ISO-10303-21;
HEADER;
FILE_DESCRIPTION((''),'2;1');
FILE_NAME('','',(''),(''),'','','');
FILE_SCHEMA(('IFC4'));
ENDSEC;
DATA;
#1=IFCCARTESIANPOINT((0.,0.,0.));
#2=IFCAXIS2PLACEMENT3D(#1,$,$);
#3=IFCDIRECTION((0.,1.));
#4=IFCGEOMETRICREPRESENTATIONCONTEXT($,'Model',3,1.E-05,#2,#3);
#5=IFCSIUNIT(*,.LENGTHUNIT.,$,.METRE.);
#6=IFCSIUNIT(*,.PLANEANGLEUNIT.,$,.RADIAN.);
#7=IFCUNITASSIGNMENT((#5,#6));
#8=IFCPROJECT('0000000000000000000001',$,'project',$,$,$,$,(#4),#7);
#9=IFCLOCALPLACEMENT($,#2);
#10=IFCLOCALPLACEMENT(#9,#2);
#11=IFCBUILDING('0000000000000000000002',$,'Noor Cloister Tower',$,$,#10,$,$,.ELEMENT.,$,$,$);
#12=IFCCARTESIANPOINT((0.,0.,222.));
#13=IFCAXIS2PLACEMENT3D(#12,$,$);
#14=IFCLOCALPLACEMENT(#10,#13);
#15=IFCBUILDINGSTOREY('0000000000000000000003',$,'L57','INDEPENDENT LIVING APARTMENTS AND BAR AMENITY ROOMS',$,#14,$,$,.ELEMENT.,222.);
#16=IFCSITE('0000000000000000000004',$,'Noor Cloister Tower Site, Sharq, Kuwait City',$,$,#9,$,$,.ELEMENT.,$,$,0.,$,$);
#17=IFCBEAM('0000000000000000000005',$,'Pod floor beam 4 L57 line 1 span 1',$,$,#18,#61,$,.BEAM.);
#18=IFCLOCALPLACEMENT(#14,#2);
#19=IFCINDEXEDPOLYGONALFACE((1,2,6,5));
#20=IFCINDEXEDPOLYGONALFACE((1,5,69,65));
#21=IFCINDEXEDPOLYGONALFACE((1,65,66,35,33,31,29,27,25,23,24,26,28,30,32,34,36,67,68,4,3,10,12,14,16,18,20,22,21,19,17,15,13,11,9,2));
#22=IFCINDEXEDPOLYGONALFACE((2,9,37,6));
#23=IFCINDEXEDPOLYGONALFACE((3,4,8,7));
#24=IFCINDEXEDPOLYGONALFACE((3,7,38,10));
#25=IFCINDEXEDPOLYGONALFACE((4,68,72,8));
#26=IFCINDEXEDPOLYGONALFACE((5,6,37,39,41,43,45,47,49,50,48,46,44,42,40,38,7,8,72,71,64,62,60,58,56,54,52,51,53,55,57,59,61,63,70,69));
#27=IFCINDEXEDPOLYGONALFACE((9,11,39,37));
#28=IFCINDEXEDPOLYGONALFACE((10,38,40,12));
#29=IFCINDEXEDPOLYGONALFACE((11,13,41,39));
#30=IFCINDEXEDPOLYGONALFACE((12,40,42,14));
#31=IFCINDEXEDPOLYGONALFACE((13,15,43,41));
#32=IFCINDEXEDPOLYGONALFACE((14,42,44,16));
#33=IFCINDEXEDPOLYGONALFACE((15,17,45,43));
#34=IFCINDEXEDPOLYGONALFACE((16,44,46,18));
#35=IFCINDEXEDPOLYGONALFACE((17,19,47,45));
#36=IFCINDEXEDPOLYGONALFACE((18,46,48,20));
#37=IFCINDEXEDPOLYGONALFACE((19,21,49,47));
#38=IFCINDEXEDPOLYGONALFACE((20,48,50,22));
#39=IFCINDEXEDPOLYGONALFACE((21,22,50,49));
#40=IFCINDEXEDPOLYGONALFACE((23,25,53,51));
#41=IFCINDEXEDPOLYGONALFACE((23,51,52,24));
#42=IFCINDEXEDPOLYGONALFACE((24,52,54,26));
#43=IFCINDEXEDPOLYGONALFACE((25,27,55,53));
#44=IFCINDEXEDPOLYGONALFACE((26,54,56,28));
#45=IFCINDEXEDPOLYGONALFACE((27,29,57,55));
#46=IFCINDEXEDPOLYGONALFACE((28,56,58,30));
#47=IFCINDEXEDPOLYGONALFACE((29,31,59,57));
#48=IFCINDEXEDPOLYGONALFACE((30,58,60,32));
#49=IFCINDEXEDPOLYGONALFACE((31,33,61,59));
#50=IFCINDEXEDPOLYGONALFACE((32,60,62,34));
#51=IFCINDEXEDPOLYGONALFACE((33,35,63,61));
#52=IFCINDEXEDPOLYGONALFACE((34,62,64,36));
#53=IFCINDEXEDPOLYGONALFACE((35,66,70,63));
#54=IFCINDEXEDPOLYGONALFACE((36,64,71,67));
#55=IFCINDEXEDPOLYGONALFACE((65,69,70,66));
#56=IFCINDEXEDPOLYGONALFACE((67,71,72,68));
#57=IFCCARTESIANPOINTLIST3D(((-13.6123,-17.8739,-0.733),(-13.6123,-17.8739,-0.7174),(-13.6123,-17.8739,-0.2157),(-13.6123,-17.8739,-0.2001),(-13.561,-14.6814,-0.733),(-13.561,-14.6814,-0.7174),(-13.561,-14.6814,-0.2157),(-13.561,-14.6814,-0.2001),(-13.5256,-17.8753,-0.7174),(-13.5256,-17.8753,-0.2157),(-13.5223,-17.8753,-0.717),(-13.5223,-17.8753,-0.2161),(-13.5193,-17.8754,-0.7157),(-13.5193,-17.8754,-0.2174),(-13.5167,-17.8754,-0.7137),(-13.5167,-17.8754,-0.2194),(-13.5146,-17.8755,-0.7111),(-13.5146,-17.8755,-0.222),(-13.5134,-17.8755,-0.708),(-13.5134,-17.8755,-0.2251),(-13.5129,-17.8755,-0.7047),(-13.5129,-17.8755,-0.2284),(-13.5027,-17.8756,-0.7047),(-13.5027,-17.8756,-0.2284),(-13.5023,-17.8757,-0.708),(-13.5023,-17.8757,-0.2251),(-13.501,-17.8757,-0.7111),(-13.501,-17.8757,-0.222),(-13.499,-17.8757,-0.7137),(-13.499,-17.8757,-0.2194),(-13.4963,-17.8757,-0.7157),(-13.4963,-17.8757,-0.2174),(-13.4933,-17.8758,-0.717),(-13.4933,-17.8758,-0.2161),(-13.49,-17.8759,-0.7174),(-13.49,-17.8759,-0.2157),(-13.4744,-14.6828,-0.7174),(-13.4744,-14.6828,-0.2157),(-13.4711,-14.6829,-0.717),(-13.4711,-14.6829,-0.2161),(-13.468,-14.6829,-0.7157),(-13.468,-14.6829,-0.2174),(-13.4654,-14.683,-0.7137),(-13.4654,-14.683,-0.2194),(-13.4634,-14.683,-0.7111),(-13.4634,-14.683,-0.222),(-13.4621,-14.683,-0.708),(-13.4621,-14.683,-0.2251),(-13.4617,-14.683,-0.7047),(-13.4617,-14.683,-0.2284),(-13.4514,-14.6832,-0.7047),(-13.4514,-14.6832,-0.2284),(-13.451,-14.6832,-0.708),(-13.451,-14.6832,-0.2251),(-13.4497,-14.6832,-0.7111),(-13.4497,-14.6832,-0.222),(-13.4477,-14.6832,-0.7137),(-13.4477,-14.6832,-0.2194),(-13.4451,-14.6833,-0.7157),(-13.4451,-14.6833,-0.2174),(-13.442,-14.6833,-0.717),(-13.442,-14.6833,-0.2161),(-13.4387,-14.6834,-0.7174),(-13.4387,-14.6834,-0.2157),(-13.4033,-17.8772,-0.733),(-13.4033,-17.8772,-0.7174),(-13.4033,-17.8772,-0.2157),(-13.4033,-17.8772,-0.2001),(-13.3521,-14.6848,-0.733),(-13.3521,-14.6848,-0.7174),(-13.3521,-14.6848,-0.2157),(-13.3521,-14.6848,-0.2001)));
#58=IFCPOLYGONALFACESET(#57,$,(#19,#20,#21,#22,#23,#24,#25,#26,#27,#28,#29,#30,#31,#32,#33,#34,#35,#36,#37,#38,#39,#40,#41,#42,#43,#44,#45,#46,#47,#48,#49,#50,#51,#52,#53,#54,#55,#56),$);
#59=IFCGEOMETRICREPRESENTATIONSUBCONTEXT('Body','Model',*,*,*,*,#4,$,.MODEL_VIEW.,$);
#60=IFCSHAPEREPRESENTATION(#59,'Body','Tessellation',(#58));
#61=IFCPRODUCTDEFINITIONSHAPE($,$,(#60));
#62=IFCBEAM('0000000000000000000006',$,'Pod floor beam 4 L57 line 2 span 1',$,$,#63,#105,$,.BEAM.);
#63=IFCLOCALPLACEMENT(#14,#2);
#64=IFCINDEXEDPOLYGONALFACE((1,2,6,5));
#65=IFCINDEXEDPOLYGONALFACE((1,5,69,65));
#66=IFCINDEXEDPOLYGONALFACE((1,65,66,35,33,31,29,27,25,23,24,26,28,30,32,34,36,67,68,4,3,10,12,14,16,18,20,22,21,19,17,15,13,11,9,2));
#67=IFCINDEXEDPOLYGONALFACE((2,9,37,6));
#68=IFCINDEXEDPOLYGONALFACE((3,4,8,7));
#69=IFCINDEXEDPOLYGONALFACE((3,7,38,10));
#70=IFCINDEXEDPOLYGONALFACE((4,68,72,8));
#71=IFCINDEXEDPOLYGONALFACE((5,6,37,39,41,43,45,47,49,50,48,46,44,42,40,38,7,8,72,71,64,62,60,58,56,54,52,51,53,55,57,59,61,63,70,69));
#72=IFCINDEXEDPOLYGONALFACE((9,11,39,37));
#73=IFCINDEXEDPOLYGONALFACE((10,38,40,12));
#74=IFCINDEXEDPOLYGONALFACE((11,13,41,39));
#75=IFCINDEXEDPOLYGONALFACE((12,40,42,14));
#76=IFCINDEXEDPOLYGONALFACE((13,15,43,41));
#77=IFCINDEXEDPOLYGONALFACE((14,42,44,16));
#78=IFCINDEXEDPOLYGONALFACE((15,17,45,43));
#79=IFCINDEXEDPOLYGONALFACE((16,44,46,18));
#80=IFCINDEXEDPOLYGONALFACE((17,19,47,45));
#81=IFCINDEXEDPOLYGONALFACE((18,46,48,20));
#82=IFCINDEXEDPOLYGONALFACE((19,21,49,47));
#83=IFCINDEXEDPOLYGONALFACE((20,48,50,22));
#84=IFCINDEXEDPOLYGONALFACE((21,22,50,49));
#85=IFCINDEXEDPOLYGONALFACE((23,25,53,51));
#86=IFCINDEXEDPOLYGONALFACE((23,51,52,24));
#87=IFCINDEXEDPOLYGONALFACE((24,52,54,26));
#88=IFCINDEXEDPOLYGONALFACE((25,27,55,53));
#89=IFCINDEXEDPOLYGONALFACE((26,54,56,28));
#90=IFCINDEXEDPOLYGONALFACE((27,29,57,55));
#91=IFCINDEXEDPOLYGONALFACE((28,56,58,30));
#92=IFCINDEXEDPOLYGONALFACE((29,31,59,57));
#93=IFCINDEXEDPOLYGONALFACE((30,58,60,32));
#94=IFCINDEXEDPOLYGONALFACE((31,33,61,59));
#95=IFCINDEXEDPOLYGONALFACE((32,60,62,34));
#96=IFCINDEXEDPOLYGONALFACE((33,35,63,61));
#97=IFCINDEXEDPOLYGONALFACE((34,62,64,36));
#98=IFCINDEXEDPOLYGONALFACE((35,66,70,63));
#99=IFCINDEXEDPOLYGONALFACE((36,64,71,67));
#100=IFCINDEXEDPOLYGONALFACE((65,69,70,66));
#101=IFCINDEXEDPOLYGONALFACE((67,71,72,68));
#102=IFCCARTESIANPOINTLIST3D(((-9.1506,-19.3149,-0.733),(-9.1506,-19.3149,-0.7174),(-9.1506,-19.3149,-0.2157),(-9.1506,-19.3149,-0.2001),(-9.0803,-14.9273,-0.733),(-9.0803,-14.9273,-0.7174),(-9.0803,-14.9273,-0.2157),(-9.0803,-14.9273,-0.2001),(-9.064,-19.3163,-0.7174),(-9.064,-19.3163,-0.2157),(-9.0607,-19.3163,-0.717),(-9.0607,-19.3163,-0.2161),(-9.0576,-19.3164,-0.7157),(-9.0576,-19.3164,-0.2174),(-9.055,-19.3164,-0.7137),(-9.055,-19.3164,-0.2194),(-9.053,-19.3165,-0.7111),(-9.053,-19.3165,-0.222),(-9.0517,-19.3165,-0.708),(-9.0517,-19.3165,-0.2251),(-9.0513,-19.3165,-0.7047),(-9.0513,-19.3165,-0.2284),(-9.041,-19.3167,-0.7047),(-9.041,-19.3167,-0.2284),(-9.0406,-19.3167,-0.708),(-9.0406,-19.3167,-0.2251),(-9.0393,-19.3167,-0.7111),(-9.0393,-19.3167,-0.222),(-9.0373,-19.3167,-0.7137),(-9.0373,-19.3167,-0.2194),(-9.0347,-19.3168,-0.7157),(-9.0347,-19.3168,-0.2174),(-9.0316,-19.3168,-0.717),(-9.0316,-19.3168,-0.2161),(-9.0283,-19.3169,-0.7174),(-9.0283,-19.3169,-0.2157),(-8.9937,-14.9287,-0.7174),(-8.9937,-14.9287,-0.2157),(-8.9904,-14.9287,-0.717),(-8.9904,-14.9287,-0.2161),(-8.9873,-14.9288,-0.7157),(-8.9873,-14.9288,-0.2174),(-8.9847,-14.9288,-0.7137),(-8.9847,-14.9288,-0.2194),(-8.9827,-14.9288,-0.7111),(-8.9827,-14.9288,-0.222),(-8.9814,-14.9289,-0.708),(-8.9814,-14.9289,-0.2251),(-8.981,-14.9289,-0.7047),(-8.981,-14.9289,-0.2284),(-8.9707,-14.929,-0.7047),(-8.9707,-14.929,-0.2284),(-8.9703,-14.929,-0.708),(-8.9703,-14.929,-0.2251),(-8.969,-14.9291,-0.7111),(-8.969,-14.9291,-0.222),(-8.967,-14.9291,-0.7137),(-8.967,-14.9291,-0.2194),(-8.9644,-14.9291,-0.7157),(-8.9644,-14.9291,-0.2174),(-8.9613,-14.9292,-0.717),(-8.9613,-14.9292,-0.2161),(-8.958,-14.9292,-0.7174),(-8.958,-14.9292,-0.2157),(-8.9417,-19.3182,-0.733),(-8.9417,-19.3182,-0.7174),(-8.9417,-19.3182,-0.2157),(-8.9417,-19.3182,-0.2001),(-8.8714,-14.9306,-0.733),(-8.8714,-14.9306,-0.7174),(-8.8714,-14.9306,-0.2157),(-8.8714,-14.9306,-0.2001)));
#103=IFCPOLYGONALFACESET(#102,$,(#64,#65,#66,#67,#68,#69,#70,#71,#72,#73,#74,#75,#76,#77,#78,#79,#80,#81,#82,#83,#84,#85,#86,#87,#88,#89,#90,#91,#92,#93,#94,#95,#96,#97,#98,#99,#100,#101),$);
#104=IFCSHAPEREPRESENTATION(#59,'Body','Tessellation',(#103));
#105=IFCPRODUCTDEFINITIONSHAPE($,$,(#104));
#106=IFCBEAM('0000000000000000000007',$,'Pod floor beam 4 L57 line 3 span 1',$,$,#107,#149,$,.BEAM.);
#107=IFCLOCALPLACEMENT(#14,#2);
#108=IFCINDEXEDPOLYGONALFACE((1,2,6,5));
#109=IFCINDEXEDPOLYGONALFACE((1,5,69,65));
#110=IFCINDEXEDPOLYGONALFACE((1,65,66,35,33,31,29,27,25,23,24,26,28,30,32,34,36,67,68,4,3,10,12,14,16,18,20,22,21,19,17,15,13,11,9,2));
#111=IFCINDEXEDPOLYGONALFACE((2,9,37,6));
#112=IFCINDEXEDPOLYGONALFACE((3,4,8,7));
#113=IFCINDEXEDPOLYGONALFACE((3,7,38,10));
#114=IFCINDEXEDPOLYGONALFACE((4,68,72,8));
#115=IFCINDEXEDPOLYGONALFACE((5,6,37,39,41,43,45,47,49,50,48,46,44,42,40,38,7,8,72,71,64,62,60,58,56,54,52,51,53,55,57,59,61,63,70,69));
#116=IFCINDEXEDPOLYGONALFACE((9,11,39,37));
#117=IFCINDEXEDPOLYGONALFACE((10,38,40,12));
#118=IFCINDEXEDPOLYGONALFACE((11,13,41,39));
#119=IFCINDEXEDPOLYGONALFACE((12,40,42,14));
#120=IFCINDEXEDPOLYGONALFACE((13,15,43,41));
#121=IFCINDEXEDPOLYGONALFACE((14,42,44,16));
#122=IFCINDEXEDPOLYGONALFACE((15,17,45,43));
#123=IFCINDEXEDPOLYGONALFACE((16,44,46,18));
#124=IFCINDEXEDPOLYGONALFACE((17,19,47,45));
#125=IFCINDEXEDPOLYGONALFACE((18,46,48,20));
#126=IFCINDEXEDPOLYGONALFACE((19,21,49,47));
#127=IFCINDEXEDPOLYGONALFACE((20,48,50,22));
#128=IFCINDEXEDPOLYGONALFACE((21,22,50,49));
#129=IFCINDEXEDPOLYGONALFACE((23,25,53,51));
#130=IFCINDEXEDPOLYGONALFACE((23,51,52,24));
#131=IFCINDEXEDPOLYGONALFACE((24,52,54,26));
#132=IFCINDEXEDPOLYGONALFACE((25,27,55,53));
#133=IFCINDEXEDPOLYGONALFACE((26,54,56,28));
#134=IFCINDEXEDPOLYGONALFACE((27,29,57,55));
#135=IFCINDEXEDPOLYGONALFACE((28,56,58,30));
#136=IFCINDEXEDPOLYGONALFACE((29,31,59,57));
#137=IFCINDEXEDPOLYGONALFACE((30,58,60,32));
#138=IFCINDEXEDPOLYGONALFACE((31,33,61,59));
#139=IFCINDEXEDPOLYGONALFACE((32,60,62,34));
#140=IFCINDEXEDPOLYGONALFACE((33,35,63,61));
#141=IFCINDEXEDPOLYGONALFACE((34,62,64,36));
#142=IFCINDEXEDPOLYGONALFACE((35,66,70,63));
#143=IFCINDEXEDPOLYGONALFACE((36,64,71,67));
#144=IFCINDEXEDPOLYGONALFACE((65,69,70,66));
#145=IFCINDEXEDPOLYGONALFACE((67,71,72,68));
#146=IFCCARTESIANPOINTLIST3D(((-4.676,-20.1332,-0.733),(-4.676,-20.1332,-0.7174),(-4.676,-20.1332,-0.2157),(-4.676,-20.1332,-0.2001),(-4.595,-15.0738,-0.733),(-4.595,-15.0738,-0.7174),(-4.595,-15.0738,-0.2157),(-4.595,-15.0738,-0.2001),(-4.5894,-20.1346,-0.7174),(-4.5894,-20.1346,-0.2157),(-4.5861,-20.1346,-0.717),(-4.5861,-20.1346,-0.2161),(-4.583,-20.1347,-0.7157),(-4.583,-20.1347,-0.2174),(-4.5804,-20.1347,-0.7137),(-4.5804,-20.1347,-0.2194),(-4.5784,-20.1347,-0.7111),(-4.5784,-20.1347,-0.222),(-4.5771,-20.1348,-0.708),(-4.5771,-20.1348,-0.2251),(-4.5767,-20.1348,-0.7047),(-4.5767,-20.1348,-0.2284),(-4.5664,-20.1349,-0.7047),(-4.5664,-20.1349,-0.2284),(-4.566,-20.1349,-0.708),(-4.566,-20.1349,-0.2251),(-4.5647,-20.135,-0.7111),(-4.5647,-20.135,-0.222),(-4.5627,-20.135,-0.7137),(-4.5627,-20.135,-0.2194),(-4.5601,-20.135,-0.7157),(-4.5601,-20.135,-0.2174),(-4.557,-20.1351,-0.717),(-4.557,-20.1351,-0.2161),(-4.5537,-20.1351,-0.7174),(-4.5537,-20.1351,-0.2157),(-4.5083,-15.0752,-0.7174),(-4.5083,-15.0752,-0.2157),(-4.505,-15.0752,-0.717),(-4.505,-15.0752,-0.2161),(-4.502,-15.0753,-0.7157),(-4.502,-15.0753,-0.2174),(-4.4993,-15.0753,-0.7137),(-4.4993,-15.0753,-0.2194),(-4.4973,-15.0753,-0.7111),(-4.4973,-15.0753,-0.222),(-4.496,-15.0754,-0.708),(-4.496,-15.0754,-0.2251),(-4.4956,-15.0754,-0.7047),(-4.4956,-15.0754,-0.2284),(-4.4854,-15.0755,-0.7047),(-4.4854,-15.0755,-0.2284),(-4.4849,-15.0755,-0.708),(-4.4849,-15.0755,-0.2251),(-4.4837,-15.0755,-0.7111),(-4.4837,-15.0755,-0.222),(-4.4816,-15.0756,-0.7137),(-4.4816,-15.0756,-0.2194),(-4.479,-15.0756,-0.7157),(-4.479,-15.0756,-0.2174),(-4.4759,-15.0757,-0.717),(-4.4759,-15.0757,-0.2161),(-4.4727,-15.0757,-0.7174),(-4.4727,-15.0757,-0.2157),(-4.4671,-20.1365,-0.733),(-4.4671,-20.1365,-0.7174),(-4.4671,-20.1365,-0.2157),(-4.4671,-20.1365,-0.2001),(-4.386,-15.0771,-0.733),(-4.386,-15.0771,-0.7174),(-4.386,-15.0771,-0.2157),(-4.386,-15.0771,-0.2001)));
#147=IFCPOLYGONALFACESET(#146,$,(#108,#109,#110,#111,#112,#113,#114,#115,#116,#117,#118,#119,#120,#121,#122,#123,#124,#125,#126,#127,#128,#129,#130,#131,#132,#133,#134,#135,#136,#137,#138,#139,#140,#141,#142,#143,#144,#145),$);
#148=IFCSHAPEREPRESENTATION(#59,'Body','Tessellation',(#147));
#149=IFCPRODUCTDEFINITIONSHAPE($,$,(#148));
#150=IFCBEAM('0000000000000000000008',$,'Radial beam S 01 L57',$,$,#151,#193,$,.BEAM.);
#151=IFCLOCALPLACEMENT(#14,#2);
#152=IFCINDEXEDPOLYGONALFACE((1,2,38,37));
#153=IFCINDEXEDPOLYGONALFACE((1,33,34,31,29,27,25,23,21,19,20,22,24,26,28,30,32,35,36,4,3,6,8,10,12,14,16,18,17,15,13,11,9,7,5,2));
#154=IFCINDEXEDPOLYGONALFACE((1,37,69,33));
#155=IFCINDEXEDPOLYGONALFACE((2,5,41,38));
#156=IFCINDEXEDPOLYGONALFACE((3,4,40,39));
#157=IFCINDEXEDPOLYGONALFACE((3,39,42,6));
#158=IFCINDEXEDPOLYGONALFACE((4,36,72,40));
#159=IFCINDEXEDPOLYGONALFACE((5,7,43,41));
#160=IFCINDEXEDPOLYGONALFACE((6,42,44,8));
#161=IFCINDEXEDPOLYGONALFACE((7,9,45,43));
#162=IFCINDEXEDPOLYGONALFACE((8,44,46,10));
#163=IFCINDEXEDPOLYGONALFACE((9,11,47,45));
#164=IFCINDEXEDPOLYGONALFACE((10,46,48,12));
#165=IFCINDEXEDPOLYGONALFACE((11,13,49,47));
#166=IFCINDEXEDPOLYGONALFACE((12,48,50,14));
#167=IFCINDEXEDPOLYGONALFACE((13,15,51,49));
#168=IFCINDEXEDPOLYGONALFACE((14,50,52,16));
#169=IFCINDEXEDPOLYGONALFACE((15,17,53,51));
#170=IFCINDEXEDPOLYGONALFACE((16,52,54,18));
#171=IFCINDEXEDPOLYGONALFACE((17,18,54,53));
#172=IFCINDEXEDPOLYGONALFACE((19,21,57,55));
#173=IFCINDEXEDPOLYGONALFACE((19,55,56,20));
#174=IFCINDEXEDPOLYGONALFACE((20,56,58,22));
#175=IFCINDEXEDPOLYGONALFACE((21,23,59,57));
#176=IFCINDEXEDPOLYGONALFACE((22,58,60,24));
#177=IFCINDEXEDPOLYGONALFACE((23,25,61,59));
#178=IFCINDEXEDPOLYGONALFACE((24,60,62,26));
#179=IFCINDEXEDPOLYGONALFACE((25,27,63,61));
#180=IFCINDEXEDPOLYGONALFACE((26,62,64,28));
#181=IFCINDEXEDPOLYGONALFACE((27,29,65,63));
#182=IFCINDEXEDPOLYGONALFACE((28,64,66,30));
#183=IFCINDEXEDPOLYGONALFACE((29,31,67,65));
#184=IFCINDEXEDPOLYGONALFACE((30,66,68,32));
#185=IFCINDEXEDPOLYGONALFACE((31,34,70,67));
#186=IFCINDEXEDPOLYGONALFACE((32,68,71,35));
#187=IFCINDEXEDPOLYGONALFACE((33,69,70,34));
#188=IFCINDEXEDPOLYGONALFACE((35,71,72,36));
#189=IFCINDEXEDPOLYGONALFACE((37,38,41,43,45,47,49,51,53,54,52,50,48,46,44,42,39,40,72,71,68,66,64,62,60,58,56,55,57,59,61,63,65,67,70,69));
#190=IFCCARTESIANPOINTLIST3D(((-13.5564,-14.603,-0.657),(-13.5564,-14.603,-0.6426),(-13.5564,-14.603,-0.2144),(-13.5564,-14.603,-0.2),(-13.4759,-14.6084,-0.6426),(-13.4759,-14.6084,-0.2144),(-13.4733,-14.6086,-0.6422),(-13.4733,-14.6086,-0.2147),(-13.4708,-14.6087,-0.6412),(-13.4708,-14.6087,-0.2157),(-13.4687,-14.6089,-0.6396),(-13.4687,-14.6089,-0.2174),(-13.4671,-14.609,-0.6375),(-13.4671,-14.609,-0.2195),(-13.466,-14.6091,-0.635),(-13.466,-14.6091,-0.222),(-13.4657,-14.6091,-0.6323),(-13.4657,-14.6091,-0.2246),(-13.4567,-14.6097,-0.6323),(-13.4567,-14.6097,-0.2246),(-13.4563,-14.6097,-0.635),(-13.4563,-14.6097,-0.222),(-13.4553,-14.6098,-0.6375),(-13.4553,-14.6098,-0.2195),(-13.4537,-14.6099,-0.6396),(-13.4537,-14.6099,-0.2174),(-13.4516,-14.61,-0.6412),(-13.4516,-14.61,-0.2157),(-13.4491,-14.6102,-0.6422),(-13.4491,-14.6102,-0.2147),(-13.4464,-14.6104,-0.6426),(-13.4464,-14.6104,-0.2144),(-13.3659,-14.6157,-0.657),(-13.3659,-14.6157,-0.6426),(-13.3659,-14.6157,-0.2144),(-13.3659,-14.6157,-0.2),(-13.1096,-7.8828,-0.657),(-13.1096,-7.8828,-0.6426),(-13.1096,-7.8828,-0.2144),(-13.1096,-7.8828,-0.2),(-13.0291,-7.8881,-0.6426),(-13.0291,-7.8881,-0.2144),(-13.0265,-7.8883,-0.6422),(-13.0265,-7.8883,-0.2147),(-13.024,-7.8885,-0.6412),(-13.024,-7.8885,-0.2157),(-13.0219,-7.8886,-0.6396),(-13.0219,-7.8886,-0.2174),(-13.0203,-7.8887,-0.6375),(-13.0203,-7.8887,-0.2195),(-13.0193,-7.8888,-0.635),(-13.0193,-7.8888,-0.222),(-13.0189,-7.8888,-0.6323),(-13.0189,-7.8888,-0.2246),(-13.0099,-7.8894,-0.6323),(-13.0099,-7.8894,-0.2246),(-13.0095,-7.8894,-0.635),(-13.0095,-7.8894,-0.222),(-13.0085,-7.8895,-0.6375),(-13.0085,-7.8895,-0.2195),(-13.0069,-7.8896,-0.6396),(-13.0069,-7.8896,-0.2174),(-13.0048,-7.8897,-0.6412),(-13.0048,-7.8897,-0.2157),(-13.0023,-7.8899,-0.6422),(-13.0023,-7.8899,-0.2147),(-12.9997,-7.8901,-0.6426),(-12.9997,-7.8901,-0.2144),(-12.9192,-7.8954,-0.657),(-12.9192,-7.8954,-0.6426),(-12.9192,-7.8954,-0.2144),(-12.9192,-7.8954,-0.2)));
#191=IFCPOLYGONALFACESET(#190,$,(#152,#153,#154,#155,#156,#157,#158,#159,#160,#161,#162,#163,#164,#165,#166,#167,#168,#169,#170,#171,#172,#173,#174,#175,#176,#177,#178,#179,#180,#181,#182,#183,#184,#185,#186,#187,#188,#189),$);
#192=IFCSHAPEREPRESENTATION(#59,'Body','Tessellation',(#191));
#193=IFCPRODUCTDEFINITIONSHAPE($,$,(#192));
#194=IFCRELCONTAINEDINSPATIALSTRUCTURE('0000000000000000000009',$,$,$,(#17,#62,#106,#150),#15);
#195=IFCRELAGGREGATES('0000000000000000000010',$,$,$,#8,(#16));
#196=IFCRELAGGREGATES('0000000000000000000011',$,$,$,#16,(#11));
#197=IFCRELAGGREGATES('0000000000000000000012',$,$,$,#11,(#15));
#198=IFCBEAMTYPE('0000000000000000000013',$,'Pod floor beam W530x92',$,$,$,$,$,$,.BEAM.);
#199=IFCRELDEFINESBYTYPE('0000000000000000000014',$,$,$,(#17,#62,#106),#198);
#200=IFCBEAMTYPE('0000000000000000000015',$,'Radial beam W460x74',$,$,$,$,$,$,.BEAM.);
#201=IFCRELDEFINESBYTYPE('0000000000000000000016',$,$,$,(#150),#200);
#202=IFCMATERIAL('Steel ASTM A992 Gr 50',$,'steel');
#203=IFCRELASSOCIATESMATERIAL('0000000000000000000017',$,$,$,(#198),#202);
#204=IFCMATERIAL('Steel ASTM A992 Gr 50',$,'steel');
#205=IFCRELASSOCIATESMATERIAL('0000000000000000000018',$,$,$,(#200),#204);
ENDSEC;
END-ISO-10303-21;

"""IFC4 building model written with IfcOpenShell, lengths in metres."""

from ifc_helpers import new_model, si_unit, direction, frame, origin, origin_2d, place, context, subcontext, project, spatial, i_section, extrude, material, material_profile, profile_set, type_object, element, save


model = new_model("IFC4")

# Units and contexts
model_context = context("Model", 3, precision=1e-05, world=origin(), true_north=direction((0.0, 1.0)))
body_context = subcontext(model_context, "Body", "Model", "MODEL_VIEW")
ifc_project = project(units=[si_unit("LENGTHUNIT", "METRE"), si_unit("PLANEANGLEUNIT", "RADIAN")], contexts=[model_context])

# Site, building, storey
site_placement = place(None, origin())
site = spatial("IfcSite", under=ifc_project, at=site_placement, Name="Noor Cloister Tower Site, Sharq, Kuwait City", CompositionType="ELEMENT", RefElevation=0.0)
building_placement = place(site_placement, origin())
building = spatial("IfcBuilding", under=site, at=building_placement, Name="Noor Cloister Tower", CompositionType="ELEMENT")
storey_placement = place(building_placement, frame((0.0, 0.0, 222.0)))
storey = spatial("IfcBuildingStorey", under=building, at=storey_placement, Name="L57", Description="INDEPENDENT LIVING APARTMENTS AND BAR AMENITY ROOMS", CompositionType="ELEMENT", Elevation=222.0)

# Beams
ifc_material_1 = material(Name="Steel ASTM A992 Gr 50", Category="steel")
ifc_material_profile_1 = material_profile(ifc_material_1, i_section(OverallWidth=0.209, OverallDepth=0.533, WebThickness=0.0103, FlangeThickness=0.0156, FilletRadius=0.0127, at=origin_2d()), Name="W530x92")
ifc_profile_set_1 = profile_set([ifc_material_profile_1], Name="Steel ASTM A992 Gr 50")
beam_type_1 = type_object("IfcBeamType", Name="Pod floor beam W530x92", PredefinedType="BEAM", material=ifc_profile_set_1)
beam_1_placement = place(storey_placement, frame((-13.4565, -14.6831, -0.4666), z_axis=(-0.016058, -0.999871, 0.0), x_axis=(0.999871, -0.016058, 0.0)))
element("IfcBeam", 1, at=beam_1_placement, inside=storey, type_object=beam_type_1, Name="Pod floor beam 4 L57 line 1 span 1", PredefinedType="BEAM", context=body_context, shape_type="SweptSolid", body=[
    extrude(i_section(OverallWidth=0.209, OverallDepth=0.533, WebThickness=0.0103, FlangeThickness=0.0156, FilletRadius=0.0127, at=origin_2d()), origin(), (0.0, 0.0, 1.0), 3.1929),
])
beam_2_placement = place(storey_placement, frame((-8.9758, -14.929, -0.4666), z_axis=(-0.016023, -0.999872, 0.0), x_axis=(0.999872, -0.016023, 0.0)))
element("IfcBeam", 2, at=beam_2_placement, inside=storey, type_object=beam_type_1, Name="Pod floor beam 4 L57 line 2 span 1", PredefinedType="BEAM", context=body_context, shape_type="SweptSolid", body=[
    extrude(i_section(OverallWidth=0.209, OverallDepth=0.533, WebThickness=0.0103, FlangeThickness=0.0156, FilletRadius=0.0127, at=origin_2d()), origin(), (0.0, 0.0, 1.0), 4.3882),
])
beam_3_placement = place(storey_placement, frame((-4.4905, -15.0754, -0.4666), z_axis=(-0.016019, -0.999872, 0.0), x_axis=(0.999872, -0.016019, 0.0)))
element("IfcBeam", 3, at=beam_3_placement, inside=storey, type_object=beam_type_1, Name="Pod floor beam 4 L57 line 3 span 1", PredefinedType="BEAM", context=body_context, shape_type="SweptSolid", body=[
    extrude(i_section(OverallWidth=0.209, OverallDepth=0.533, WebThickness=0.0103, FlangeThickness=0.0156, FilletRadius=0.0127, at=origin_2d()), origin(), (0.0, 0.0, 1.0), 5.0601),
])
ifc_material_2 = material(Name="Steel ASTM A992 Gr 50", Category="steel")
ifc_material_profile_2 = material_profile(ifc_material_2, i_section(OverallWidth=0.1909, OverallDepth=0.457, WebThickness=0.009, FlangeThickness=0.0144, FilletRadius=0.0103, at=origin_2d()), Name="W460x74")
ifc_profile_set_2 = profile_set([ifc_material_profile_2], Name="Steel ASTM A992 Gr 50")
beam_type_2 = type_object("IfcBeamType", Name="Radial beam W460x74", PredefinedType="BEAM", material=ifc_profile_set_2)
beam_4_placement = place(storey_placement, frame((-13.4612, -14.6094, -0.4285), z_axis=(0.066336, 0.997797, 0.0), x_axis=(-0.997797, 0.066336, 0.0)))
element("IfcBeam", 4, at=beam_4_placement, inside=storey, type_object=beam_type_2, Name="Radial beam S 01 L57", PredefinedType="BEAM", context=body_context, shape_type="SweptSolid", body=[
    extrude(i_section(OverallWidth=0.1909, OverallDepth=0.457, WebThickness=0.009, FlangeThickness=0.0144, FilletRadius=0.0103, at=origin_2d()), origin(), (0.0, 0.0, 1.0), 6.7351),
])

save(model, "model.ifc")
